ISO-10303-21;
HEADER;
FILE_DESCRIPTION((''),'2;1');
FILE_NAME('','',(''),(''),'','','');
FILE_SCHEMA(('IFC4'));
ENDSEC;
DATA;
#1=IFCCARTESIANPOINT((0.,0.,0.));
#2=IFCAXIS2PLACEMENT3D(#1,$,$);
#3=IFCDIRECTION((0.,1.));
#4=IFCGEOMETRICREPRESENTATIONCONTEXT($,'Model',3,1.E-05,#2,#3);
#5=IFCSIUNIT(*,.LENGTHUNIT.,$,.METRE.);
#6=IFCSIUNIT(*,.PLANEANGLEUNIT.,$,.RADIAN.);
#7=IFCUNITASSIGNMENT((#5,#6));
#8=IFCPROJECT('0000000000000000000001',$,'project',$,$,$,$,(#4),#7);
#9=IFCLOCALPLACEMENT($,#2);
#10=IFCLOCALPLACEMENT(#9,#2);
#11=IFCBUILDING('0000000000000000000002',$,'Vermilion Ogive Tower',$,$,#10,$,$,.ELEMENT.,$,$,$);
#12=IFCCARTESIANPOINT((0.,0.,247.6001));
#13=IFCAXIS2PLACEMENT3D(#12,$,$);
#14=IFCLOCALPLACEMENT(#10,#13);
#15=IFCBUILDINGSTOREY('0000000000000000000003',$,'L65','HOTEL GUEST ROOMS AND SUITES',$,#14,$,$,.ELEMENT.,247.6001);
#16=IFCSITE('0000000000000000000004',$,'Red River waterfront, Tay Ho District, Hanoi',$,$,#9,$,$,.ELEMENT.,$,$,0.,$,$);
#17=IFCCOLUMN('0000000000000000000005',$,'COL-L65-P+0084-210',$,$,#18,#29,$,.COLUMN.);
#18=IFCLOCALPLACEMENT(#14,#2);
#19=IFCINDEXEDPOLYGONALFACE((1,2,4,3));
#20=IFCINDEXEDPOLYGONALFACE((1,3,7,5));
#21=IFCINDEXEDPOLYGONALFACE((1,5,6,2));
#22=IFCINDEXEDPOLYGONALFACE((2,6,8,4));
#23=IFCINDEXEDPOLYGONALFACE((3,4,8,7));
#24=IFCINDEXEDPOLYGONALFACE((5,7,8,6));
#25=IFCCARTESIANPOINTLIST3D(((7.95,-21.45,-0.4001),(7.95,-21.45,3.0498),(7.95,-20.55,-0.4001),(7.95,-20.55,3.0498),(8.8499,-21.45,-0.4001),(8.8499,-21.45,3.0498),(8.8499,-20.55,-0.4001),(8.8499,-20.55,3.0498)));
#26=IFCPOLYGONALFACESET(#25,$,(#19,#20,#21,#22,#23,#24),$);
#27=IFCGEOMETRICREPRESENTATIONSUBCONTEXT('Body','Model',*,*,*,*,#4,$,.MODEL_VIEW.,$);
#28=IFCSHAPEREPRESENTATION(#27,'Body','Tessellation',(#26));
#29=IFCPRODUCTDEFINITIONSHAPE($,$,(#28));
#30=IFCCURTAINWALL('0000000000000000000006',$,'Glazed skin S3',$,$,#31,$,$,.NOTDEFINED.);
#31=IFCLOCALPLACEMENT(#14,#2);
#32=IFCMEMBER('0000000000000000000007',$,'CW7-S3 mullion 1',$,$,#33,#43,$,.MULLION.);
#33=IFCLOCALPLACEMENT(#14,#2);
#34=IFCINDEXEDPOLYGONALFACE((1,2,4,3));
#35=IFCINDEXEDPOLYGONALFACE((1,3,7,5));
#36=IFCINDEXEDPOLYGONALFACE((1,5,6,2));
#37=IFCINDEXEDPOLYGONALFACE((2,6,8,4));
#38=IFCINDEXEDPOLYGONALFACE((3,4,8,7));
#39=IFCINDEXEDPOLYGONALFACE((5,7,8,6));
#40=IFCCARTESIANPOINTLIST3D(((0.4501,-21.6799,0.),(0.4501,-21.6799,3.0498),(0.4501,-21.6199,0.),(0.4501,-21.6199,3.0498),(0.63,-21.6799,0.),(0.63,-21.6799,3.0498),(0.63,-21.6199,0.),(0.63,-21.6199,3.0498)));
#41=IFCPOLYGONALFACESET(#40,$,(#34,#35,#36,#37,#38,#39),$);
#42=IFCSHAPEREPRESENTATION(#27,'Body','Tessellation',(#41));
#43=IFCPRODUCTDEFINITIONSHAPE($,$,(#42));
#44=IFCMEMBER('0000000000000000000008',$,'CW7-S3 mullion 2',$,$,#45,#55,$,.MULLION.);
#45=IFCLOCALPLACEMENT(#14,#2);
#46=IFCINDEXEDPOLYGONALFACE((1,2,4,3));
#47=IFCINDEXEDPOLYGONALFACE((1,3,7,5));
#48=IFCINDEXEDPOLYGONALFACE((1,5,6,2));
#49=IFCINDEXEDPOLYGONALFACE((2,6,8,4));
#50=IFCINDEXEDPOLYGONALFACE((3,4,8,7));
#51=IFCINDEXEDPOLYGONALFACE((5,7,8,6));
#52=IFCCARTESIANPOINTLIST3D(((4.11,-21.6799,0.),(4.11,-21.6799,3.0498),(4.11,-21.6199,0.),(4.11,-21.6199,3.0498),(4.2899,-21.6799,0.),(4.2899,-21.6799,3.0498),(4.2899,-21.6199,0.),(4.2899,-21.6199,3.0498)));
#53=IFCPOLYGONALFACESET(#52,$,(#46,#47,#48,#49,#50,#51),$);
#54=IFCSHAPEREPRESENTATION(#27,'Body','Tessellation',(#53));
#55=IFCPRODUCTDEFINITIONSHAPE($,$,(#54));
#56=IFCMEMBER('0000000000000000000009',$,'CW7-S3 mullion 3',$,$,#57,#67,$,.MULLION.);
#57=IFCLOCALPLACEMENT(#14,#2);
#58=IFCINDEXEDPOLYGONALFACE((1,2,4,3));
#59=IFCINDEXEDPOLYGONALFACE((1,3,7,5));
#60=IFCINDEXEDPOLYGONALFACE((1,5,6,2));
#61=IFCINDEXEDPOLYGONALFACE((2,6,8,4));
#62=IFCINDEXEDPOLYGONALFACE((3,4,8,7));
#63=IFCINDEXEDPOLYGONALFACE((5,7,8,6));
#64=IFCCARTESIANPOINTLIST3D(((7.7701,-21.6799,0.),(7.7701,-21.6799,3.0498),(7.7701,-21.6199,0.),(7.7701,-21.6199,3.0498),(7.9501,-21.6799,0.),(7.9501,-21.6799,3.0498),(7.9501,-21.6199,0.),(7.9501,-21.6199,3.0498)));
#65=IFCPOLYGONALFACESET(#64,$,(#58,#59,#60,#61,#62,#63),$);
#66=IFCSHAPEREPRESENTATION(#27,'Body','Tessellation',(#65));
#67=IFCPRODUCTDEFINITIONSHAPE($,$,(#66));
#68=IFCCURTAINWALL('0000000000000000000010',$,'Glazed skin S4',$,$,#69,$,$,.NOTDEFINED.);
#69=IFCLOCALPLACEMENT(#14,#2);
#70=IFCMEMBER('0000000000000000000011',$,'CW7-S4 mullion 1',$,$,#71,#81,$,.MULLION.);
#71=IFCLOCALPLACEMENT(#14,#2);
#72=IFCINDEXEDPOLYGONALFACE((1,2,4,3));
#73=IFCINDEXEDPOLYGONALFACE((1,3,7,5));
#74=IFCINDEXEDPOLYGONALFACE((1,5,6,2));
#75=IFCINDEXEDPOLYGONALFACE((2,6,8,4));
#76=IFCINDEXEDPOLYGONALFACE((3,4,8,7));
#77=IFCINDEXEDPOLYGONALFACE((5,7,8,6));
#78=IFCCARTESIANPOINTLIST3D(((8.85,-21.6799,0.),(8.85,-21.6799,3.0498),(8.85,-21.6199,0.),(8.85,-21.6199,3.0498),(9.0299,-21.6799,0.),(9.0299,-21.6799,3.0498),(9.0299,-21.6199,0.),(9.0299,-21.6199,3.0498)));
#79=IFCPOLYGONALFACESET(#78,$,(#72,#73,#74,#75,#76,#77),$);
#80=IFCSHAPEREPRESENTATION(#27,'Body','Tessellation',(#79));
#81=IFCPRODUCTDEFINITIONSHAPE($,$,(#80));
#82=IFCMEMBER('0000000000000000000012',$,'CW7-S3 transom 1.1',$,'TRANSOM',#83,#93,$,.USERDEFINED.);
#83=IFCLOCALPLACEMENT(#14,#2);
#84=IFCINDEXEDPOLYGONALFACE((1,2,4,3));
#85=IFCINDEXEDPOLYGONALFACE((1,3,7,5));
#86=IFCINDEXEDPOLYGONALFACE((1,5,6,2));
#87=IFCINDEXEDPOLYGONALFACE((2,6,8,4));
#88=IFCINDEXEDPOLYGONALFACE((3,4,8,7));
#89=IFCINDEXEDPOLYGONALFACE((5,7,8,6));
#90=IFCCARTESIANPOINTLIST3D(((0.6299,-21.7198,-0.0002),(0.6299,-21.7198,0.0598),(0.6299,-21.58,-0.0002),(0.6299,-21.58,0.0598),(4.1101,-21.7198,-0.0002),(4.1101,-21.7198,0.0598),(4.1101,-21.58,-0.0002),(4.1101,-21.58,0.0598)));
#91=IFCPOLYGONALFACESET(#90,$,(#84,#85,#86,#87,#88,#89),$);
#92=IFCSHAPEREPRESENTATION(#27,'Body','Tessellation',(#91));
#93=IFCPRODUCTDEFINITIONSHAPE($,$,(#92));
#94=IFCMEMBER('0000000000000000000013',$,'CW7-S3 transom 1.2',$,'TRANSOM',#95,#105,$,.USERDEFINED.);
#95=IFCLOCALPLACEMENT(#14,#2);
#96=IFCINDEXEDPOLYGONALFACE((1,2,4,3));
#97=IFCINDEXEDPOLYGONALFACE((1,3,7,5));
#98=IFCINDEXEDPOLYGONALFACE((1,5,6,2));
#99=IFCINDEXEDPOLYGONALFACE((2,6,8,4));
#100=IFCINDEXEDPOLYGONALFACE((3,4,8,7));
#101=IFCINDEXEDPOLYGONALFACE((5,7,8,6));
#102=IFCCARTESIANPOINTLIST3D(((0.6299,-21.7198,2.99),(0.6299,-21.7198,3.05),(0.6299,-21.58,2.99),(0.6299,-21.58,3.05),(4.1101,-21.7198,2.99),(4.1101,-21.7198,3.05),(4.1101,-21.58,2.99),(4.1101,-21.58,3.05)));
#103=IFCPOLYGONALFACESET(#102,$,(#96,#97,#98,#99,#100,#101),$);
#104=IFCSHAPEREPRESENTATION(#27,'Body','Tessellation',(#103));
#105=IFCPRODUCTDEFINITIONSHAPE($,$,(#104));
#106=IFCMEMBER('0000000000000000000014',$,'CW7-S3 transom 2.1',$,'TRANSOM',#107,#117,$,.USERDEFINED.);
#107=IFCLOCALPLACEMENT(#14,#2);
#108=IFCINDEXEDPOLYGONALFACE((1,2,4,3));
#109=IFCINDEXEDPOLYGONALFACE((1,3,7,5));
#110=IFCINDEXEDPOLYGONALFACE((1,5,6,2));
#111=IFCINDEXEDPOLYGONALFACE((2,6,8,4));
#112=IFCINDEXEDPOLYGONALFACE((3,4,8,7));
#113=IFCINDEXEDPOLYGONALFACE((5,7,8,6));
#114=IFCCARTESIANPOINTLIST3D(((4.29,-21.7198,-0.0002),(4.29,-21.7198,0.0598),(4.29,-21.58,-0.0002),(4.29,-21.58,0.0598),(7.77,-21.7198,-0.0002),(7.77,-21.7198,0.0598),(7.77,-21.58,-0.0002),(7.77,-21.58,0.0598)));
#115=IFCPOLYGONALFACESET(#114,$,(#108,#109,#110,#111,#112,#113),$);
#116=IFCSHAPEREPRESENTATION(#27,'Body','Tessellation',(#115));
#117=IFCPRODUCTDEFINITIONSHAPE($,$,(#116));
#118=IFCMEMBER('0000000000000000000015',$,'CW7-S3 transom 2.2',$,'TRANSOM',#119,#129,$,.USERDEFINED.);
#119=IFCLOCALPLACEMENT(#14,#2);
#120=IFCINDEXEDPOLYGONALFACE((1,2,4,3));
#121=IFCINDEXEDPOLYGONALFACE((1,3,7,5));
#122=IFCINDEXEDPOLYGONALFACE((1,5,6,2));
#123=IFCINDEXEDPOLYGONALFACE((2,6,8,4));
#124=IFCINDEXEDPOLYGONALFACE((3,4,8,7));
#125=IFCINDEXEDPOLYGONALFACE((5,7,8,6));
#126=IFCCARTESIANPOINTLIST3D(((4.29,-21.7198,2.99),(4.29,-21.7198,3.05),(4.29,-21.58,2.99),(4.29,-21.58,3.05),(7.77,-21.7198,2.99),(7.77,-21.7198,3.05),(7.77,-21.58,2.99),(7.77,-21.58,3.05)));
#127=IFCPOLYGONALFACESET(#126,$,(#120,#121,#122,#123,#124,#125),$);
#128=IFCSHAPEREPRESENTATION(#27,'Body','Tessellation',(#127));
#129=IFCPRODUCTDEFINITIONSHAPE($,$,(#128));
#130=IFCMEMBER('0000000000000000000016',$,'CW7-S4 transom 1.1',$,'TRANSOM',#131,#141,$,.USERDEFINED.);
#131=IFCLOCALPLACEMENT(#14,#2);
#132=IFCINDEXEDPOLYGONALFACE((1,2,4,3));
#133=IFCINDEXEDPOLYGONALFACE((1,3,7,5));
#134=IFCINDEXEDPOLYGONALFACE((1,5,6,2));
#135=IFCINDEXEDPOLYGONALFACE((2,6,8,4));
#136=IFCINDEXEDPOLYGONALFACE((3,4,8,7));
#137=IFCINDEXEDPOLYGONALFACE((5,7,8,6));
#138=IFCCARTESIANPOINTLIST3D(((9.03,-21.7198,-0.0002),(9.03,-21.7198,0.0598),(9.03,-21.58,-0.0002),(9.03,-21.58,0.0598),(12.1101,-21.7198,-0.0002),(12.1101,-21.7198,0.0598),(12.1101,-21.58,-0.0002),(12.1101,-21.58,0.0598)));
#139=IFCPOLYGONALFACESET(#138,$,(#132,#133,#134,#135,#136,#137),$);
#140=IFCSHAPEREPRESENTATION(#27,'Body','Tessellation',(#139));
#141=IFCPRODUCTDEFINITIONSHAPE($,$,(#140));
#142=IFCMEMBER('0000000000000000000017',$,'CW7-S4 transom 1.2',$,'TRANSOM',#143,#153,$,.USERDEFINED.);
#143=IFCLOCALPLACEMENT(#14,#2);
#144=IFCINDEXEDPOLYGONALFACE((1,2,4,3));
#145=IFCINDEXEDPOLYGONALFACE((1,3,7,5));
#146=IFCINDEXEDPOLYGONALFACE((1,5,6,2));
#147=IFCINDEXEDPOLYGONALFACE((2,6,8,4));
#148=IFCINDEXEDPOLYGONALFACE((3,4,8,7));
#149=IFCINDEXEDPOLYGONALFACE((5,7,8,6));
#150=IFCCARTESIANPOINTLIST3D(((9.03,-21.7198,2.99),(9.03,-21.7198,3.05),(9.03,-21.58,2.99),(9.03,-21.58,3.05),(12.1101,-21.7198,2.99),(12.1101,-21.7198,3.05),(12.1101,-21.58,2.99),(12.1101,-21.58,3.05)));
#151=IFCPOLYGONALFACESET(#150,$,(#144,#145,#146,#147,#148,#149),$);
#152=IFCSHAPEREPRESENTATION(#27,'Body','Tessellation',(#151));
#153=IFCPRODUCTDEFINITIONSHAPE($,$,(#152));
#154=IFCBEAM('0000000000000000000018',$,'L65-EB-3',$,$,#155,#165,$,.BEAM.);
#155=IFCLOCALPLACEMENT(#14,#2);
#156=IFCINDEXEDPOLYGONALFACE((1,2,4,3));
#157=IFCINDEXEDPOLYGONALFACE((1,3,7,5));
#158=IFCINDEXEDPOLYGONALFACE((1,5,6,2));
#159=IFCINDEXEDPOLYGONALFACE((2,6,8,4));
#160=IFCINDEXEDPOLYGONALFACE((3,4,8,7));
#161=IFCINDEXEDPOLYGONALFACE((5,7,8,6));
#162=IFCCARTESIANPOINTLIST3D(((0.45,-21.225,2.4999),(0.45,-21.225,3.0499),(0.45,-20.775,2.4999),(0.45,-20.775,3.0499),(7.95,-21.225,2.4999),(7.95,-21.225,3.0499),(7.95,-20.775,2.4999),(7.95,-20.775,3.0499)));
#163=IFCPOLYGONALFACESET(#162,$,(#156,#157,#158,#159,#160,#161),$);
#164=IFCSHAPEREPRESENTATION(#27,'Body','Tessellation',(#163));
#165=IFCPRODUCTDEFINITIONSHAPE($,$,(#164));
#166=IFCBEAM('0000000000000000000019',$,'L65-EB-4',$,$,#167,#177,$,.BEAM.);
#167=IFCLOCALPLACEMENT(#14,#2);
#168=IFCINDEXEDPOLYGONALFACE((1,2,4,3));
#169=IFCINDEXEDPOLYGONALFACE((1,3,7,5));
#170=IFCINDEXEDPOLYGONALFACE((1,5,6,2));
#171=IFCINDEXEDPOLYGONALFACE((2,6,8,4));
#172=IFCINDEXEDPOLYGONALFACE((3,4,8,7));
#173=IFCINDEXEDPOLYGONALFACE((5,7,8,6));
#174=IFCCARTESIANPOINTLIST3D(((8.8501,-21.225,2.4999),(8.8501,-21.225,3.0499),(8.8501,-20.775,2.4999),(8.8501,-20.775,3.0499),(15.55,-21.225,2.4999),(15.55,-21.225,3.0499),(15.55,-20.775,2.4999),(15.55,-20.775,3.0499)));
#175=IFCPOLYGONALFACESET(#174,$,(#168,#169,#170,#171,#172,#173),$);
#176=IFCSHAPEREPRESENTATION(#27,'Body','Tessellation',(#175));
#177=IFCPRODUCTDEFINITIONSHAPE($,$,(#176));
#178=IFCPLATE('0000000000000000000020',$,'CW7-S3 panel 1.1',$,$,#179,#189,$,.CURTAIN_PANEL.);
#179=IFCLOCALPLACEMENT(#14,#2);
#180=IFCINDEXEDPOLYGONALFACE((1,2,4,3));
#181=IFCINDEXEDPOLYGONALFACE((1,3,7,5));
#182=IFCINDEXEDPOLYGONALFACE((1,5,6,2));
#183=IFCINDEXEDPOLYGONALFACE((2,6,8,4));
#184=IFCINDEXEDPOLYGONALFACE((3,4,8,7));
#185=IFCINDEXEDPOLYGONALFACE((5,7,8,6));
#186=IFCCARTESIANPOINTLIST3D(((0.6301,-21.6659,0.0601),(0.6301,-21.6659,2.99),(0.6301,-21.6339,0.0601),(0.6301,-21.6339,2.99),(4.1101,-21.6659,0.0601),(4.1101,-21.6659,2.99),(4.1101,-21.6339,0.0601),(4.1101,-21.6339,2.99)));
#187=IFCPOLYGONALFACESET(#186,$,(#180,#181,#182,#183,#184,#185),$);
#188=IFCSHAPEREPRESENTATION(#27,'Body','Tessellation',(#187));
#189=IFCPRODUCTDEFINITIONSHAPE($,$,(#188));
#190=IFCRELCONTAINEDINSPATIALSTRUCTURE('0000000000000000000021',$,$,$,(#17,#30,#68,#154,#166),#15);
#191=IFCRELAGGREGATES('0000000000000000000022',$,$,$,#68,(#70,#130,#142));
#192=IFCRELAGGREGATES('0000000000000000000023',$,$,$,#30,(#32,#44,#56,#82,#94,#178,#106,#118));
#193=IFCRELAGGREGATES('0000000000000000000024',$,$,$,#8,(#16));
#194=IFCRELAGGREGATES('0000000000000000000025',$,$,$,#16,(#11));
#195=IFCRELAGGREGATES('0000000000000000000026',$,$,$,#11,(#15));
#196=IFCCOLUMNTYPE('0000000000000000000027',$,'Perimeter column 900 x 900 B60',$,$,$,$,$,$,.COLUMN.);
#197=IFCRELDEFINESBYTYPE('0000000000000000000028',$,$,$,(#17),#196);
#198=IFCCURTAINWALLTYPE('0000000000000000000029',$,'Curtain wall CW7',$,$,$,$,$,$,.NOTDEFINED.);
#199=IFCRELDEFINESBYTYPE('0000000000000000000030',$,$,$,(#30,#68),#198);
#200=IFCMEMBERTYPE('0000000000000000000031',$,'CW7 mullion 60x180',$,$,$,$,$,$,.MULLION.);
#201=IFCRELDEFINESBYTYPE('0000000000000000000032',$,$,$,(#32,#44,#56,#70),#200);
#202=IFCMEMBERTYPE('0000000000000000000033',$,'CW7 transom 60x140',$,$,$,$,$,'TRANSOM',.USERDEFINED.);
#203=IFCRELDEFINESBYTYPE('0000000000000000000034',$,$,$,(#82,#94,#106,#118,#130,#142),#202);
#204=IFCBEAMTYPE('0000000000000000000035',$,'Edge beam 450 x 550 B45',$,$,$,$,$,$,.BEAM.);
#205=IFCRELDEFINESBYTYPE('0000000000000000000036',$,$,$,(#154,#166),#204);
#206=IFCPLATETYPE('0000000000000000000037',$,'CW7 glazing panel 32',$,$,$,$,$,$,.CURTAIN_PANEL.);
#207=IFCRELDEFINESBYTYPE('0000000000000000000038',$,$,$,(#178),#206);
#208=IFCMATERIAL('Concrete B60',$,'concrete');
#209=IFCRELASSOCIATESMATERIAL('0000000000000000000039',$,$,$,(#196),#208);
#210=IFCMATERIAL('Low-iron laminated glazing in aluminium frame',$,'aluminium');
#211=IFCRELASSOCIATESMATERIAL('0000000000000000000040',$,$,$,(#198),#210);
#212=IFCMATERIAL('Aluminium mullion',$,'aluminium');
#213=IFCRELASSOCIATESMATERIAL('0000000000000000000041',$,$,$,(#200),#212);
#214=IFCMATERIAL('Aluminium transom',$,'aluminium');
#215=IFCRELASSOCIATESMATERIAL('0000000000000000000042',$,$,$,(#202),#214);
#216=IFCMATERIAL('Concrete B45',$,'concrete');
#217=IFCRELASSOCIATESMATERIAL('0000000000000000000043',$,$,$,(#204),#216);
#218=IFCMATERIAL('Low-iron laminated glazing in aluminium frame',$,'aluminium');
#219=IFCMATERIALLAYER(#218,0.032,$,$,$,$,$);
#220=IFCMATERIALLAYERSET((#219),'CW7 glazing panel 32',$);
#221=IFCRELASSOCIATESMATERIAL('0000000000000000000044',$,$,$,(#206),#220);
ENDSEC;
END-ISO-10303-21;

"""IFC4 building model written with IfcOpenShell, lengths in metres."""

from ifc_helpers import new_model, si_unit, direction, frame, origin, origin_2d, place, context, subcontext, project, spatial, rectangle, extrude, material, layer, layer_set, material_profile, profile_set, type_object, element, aggregate, save


model = new_model("IFC4")

# Units and contexts
model_context = context("Model", 3, precision=1e-05, world=origin(), true_north=direction((0.0, 1.0)))
body_context = subcontext(model_context, "Body", "Model", "MODEL_VIEW")
ifc_project = project(units=[si_unit("LENGTHUNIT", "METRE"), si_unit("PLANEANGLEUNIT", "RADIAN")], contexts=[model_context])

# Site, building, storey
site_placement = place(None, origin())
site = spatial("IfcSite", under=ifc_project, at=site_placement, Name="Red River waterfront, Tay Ho District, Hanoi", CompositionType="ELEMENT", RefElevation=0.0)
building_placement = place(site_placement, origin())
building = spatial("IfcBuilding", under=site, at=building_placement, Name="Vermilion Ogive Tower", CompositionType="ELEMENT")
storey_placement = place(building_placement, frame((0.0, 0.0, 247.6001)))
storey = spatial("IfcBuildingStorey", under=building, at=storey_placement, Name="L65", Description="HOTEL GUEST ROOMS AND SUITES", CompositionType="ELEMENT", Elevation=247.6001)

# Column
ifc_material_1 = material(Name="Concrete B60", Category="concrete")
ifc_material_profile_1 = material_profile(ifc_material_1, rectangle(XDim=0.8999, YDim=0.8999, at=origin_2d()), Name="900 x 900")
ifc_profile_set_1 = profile_set([ifc_material_profile_1], Name="Concrete B60")
column_type = type_object("IfcColumnType", Name="Perimeter column 900 x 900 B60", PredefinedType="COLUMN", material=ifc_profile_set_1)
column_placement = place(storey_placement, frame((8.3999, -21.0, -0.4001), z_axis=(0.0, 0.0, 1.0), x_axis=(1.0, 0.0, 0.0)))
element("IfcColumn", 1, at=column_placement, inside=storey, type_object=column_type, Name="COL-L65-P+0084-210", PredefinedType="COLUMN", context=body_context, shape_type="SweptSolid", body=[
    extrude(rectangle(XDim=0.8999, YDim=0.8999, at=origin_2d()), origin(), (0.0, 0.0, 1.0), 3.45),
])

# Curtain wall, members
ifc_material_2 = material(Name="Low-iron laminated glazing in aluminium frame", Category="aluminium")
curtain_wall_type = type_object("IfcCurtainWallType", Name="Curtain wall CW7", PredefinedType="NOTDEFINED", material=ifc_material_2)
curtain_wall_1_placement = place(storey_placement, origin())
curtain_wall_1 = element("IfcCurtainWall", 2, at=curtain_wall_1_placement, inside=storey, type_object=curtain_wall_type, Name="Glazed skin S3", PredefinedType="NOTDEFINED")
ifc_material_3 = material(Name="Aluminium mullion", Category="aluminium")
ifc_material_profile_2 = material_profile(ifc_material_3, rectangle(XDim=0.0601, YDim=0.1799, at=origin_2d()), Name="AL 60x180")
ifc_profile_set_2 = profile_set([ifc_material_profile_2], Name="Aluminium mullion")
member_type_1 = type_object("IfcMemberType", Name="CW7 mullion 60x180", PredefinedType="MULLION", material=ifc_profile_set_2)
member_1_placement = place(storey_placement, frame((0.54, -21.6499, 0.0), z_axis=(0.0, 0.0, 1.0), x_axis=(0.0, 1.0, 0.0)))
member_1 = element("IfcMember", 3, at=member_1_placement, type_object=member_type_1, Name="CW7-S3 mullion 1", PredefinedType="MULLION", context=body_context, shape_type="SweptSolid", body=[
    extrude(rectangle(XDim=0.0601, YDim=0.1799, at=origin_2d()), origin(), (0.0, 0.0, 1.0), 3.0498),
])
member_2_placement = place(storey_placement, frame((4.2, -21.6499, 0.0), z_axis=(0.0, 0.0, 1.0), x_axis=(0.0, 1.0, 0.0)))
member_2 = element("IfcMember", 4, at=member_2_placement, type_object=member_type_1, Name="CW7-S3 mullion 2", PredefinedType="MULLION", context=body_context, shape_type="SweptSolid", body=[
    extrude(rectangle(XDim=0.0601, YDim=0.1799, at=origin_2d()), origin(), (0.0, 0.0, 1.0), 3.0498),
])
member_3_placement = place(storey_placement, frame((7.8601, -21.6499, 0.0), z_axis=(0.0, 0.0, 1.0), x_axis=(0.0, 1.0, 0.0)))
member_3 = element("IfcMember", 5, at=member_3_placement, type_object=member_type_1, Name="CW7-S3 mullion 3", PredefinedType="MULLION", context=body_context, shape_type="SweptSolid", body=[
    extrude(rectangle(XDim=0.0601, YDim=0.1799, at=origin_2d()), origin(), (0.0, 0.0, 1.0), 3.0498),
])

# Curtain wall, member
curtain_wall_2_placement = place(storey_placement, origin())
curtain_wall_2 = element("IfcCurtainWall", 6, at=curtain_wall_2_placement, inside=storey, type_object=curtain_wall_type, Name="Glazed skin S4", PredefinedType="NOTDEFINED")
member_4_placement = place(storey_placement, frame((8.9399, -21.6499, 0.0), z_axis=(0.0, 0.0, 1.0), x_axis=(0.0, 1.0, 0.0)))
member_4 = element("IfcMember", 7, at=member_4_placement, type_object=member_type_1, Name="CW7-S4 mullion 1", PredefinedType="MULLION", context=body_context, shape_type="SweptSolid", body=[
    extrude(rectangle(XDim=0.0601, YDim=0.1799, at=origin_2d()), origin(), (0.0, 0.0, 1.0), 3.0498),
])

# Members
ifc_material_4 = material(Name="Aluminium transom", Category="aluminium")
ifc_material_profile_3 = material_profile(ifc_material_4, rectangle(XDim=0.1399, YDim=0.0601, at=origin_2d()), Name="AL 60x140")
ifc_profile_set_3 = profile_set([ifc_material_profile_3], Name="Aluminium transom")
member_type_2 = type_object("IfcMemberType", Name="CW7 transom 60x140", ElementType="TRANSOM", PredefinedType="USERDEFINED", material=ifc_profile_set_3)
member_5_placement = place(storey_placement, frame((0.6299, -21.6499, 0.0298), z_axis=(1.0, 0.0, 0.0), x_axis=(0.0, 1.0, 0.0)))
member_5 = element("IfcMember", 8, at=member_5_placement, type_object=member_type_2, Name="CW7-S3 transom 1.1", ObjectType="TRANSOM", PredefinedType="USERDEFINED", context=body_context, shape_type="SweptSolid", body=[
    extrude(rectangle(XDim=0.1399, YDim=0.0601, at=origin_2d()), origin(), (0.0, 0.0, 1.0), 3.4802),
])
member_6_placement = place(storey_placement, frame((0.6299, -21.6499, 3.02), z_axis=(1.0, 0.0, 0.0), x_axis=(0.0, 1.0, 0.0)))
member_6 = element("IfcMember", 9, at=member_6_placement, type_object=member_type_2, Name="CW7-S3 transom 1.2", ObjectType="TRANSOM", PredefinedType="USERDEFINED", context=body_context, shape_type="SweptSolid", body=[
    extrude(rectangle(XDim=0.1399, YDim=0.0601, at=origin_2d()), origin(), (0.0, 0.0, 1.0), 3.4802),
])
member_7_placement = place(storey_placement, frame((4.29, -21.6499, 0.0298), z_axis=(1.0, 0.0, 0.0), x_axis=(0.0, 1.0, 0.0)))
member_7 = element("IfcMember", 10, at=member_7_placement, type_object=member_type_2, Name="CW7-S3 transom 2.1", ObjectType="TRANSOM", PredefinedType="USERDEFINED", context=body_context, shape_type="SweptSolid", body=[
    extrude(rectangle(XDim=0.1399, YDim=0.0601, at=origin_2d()), origin(), (0.0, 0.0, 1.0), 3.48),
])
member_8_placement = place(storey_placement, frame((4.29, -21.6499, 3.02), z_axis=(1.0, 0.0, 0.0), x_axis=(0.0, 1.0, 0.0)))
member_8 = element("IfcMember", 11, at=member_8_placement, type_object=member_type_2, Name="CW7-S3 transom 2.2", ObjectType="TRANSOM", PredefinedType="USERDEFINED", context=body_context, shape_type="SweptSolid", body=[
    extrude(rectangle(XDim=0.1399, YDim=0.0601, at=origin_2d()), origin(), (0.0, 0.0, 1.0), 3.48),
])
member_9_placement = place(storey_placement, frame((9.03, -21.6499, 0.0298), z_axis=(1.0, 0.0, 0.0), x_axis=(0.0, 1.0, 0.0)))
member_9 = element("IfcMember", 12, at=member_9_placement, type_object=member_type_2, Name="CW7-S4 transom 1.1", ObjectType="TRANSOM", PredefinedType="USERDEFINED", context=body_context, shape_type="SweptSolid", body=[
    extrude(rectangle(XDim=0.1399, YDim=0.0601, at=origin_2d()), origin(), (0.0, 0.0, 1.0), 3.0801),
])
member_10_placement = place(storey_placement, frame((9.03, -21.6499, 3.02), z_axis=(1.0, 0.0, 0.0), x_axis=(0.0, 1.0, 0.0)))
member_10 = element("IfcMember", 13, at=member_10_placement, type_object=member_type_2, Name="CW7-S4 transom 1.2", ObjectType="TRANSOM", PredefinedType="USERDEFINED", context=body_context, shape_type="SweptSolid", body=[
    extrude(rectangle(XDim=0.1399, YDim=0.0601, at=origin_2d()), origin(), (0.0, 0.0, 1.0), 3.0801),
])
aggregate(curtain_wall_2, [member_4, member_9, member_10])

# Beams
ifc_material_5 = material(Name="Concrete B45", Category="concrete")
ifc_material_profile_4 = material_profile(ifc_material_5, rectangle(XDim=0.45, YDim=0.55, at=origin_2d()), Name="450 x 550")
ifc_profile_set_4 = profile_set([ifc_material_profile_4], Name="Concrete B45")
beam_type = type_object("IfcBeamType", Name="Edge beam 450 x 550 B45", PredefinedType="BEAM", material=ifc_profile_set_4)
beam_1_placement = place(storey_placement, frame((0.45, -21.0, 2.7749), z_axis=(1.0, 0.0, 0.0), x_axis=(0.0, 1.0, 0.0)))
element("IfcBeam", 14, at=beam_1_placement, inside=storey, type_object=beam_type, Name="L65-EB-3", PredefinedType="BEAM", context=body_context, shape_type="SweptSolid", body=[
    extrude(rectangle(XDim=0.45, YDim=0.55, at=origin_2d()), origin(), (0.0, 0.0, 1.0), 7.5),
])
beam_2_placement = place(storey_placement, frame((8.8501, -21.0, 2.7749), z_axis=(1.0, 0.0, 0.0), x_axis=(0.0, 1.0, 0.0)))
element("IfcBeam", 15, at=beam_2_placement, inside=storey, type_object=beam_type, Name="L65-EB-4", PredefinedType="BEAM", context=body_context, shape_type="SweptSolid", body=[
    extrude(rectangle(XDim=0.45, YDim=0.55, at=origin_2d()), origin(), (0.0, 0.0, 1.0), 6.7),
])

# Plate
ifc_material_6 = material(Name="Low-iron laminated glazing in aluminium frame", Category="aluminium")
ifc_layer_1 = layer(ifc_material_6, 0.032)
ifc_layer_set_1 = layer_set([ifc_layer_1], Name="CW7 glazing panel 32")
plate_type = type_object("IfcPlateType", Name="CW7 glazing panel 32", PredefinedType="CURTAIN_PANEL", material=ifc_layer_set_1)
plate_1_placement = place(storey_placement, frame((2.3701, -21.6499, 0.0601), z_axis=(0.0, 0.0, 1.0), x_axis=(1.0, 0.0, 0.0)))
plate_1 = element("IfcPlate", 16, at=plate_1_placement, type_object=plate_type, Name="CW7-S3 panel 1.1", PredefinedType="CURTAIN_PANEL", context=body_context, shape_type="SweptSolid", body=[
    extrude(rectangle(XDim=3.48, YDim=0.032, at=origin_2d()), origin(), (0.0, 0.0, 1.0), 2.9299),
])
aggregate(curtain_wall_1, [member_1, member_2, member_3, member_5, member_6, plate_1, member_7, member_8])

save(model, "model.ifc")
